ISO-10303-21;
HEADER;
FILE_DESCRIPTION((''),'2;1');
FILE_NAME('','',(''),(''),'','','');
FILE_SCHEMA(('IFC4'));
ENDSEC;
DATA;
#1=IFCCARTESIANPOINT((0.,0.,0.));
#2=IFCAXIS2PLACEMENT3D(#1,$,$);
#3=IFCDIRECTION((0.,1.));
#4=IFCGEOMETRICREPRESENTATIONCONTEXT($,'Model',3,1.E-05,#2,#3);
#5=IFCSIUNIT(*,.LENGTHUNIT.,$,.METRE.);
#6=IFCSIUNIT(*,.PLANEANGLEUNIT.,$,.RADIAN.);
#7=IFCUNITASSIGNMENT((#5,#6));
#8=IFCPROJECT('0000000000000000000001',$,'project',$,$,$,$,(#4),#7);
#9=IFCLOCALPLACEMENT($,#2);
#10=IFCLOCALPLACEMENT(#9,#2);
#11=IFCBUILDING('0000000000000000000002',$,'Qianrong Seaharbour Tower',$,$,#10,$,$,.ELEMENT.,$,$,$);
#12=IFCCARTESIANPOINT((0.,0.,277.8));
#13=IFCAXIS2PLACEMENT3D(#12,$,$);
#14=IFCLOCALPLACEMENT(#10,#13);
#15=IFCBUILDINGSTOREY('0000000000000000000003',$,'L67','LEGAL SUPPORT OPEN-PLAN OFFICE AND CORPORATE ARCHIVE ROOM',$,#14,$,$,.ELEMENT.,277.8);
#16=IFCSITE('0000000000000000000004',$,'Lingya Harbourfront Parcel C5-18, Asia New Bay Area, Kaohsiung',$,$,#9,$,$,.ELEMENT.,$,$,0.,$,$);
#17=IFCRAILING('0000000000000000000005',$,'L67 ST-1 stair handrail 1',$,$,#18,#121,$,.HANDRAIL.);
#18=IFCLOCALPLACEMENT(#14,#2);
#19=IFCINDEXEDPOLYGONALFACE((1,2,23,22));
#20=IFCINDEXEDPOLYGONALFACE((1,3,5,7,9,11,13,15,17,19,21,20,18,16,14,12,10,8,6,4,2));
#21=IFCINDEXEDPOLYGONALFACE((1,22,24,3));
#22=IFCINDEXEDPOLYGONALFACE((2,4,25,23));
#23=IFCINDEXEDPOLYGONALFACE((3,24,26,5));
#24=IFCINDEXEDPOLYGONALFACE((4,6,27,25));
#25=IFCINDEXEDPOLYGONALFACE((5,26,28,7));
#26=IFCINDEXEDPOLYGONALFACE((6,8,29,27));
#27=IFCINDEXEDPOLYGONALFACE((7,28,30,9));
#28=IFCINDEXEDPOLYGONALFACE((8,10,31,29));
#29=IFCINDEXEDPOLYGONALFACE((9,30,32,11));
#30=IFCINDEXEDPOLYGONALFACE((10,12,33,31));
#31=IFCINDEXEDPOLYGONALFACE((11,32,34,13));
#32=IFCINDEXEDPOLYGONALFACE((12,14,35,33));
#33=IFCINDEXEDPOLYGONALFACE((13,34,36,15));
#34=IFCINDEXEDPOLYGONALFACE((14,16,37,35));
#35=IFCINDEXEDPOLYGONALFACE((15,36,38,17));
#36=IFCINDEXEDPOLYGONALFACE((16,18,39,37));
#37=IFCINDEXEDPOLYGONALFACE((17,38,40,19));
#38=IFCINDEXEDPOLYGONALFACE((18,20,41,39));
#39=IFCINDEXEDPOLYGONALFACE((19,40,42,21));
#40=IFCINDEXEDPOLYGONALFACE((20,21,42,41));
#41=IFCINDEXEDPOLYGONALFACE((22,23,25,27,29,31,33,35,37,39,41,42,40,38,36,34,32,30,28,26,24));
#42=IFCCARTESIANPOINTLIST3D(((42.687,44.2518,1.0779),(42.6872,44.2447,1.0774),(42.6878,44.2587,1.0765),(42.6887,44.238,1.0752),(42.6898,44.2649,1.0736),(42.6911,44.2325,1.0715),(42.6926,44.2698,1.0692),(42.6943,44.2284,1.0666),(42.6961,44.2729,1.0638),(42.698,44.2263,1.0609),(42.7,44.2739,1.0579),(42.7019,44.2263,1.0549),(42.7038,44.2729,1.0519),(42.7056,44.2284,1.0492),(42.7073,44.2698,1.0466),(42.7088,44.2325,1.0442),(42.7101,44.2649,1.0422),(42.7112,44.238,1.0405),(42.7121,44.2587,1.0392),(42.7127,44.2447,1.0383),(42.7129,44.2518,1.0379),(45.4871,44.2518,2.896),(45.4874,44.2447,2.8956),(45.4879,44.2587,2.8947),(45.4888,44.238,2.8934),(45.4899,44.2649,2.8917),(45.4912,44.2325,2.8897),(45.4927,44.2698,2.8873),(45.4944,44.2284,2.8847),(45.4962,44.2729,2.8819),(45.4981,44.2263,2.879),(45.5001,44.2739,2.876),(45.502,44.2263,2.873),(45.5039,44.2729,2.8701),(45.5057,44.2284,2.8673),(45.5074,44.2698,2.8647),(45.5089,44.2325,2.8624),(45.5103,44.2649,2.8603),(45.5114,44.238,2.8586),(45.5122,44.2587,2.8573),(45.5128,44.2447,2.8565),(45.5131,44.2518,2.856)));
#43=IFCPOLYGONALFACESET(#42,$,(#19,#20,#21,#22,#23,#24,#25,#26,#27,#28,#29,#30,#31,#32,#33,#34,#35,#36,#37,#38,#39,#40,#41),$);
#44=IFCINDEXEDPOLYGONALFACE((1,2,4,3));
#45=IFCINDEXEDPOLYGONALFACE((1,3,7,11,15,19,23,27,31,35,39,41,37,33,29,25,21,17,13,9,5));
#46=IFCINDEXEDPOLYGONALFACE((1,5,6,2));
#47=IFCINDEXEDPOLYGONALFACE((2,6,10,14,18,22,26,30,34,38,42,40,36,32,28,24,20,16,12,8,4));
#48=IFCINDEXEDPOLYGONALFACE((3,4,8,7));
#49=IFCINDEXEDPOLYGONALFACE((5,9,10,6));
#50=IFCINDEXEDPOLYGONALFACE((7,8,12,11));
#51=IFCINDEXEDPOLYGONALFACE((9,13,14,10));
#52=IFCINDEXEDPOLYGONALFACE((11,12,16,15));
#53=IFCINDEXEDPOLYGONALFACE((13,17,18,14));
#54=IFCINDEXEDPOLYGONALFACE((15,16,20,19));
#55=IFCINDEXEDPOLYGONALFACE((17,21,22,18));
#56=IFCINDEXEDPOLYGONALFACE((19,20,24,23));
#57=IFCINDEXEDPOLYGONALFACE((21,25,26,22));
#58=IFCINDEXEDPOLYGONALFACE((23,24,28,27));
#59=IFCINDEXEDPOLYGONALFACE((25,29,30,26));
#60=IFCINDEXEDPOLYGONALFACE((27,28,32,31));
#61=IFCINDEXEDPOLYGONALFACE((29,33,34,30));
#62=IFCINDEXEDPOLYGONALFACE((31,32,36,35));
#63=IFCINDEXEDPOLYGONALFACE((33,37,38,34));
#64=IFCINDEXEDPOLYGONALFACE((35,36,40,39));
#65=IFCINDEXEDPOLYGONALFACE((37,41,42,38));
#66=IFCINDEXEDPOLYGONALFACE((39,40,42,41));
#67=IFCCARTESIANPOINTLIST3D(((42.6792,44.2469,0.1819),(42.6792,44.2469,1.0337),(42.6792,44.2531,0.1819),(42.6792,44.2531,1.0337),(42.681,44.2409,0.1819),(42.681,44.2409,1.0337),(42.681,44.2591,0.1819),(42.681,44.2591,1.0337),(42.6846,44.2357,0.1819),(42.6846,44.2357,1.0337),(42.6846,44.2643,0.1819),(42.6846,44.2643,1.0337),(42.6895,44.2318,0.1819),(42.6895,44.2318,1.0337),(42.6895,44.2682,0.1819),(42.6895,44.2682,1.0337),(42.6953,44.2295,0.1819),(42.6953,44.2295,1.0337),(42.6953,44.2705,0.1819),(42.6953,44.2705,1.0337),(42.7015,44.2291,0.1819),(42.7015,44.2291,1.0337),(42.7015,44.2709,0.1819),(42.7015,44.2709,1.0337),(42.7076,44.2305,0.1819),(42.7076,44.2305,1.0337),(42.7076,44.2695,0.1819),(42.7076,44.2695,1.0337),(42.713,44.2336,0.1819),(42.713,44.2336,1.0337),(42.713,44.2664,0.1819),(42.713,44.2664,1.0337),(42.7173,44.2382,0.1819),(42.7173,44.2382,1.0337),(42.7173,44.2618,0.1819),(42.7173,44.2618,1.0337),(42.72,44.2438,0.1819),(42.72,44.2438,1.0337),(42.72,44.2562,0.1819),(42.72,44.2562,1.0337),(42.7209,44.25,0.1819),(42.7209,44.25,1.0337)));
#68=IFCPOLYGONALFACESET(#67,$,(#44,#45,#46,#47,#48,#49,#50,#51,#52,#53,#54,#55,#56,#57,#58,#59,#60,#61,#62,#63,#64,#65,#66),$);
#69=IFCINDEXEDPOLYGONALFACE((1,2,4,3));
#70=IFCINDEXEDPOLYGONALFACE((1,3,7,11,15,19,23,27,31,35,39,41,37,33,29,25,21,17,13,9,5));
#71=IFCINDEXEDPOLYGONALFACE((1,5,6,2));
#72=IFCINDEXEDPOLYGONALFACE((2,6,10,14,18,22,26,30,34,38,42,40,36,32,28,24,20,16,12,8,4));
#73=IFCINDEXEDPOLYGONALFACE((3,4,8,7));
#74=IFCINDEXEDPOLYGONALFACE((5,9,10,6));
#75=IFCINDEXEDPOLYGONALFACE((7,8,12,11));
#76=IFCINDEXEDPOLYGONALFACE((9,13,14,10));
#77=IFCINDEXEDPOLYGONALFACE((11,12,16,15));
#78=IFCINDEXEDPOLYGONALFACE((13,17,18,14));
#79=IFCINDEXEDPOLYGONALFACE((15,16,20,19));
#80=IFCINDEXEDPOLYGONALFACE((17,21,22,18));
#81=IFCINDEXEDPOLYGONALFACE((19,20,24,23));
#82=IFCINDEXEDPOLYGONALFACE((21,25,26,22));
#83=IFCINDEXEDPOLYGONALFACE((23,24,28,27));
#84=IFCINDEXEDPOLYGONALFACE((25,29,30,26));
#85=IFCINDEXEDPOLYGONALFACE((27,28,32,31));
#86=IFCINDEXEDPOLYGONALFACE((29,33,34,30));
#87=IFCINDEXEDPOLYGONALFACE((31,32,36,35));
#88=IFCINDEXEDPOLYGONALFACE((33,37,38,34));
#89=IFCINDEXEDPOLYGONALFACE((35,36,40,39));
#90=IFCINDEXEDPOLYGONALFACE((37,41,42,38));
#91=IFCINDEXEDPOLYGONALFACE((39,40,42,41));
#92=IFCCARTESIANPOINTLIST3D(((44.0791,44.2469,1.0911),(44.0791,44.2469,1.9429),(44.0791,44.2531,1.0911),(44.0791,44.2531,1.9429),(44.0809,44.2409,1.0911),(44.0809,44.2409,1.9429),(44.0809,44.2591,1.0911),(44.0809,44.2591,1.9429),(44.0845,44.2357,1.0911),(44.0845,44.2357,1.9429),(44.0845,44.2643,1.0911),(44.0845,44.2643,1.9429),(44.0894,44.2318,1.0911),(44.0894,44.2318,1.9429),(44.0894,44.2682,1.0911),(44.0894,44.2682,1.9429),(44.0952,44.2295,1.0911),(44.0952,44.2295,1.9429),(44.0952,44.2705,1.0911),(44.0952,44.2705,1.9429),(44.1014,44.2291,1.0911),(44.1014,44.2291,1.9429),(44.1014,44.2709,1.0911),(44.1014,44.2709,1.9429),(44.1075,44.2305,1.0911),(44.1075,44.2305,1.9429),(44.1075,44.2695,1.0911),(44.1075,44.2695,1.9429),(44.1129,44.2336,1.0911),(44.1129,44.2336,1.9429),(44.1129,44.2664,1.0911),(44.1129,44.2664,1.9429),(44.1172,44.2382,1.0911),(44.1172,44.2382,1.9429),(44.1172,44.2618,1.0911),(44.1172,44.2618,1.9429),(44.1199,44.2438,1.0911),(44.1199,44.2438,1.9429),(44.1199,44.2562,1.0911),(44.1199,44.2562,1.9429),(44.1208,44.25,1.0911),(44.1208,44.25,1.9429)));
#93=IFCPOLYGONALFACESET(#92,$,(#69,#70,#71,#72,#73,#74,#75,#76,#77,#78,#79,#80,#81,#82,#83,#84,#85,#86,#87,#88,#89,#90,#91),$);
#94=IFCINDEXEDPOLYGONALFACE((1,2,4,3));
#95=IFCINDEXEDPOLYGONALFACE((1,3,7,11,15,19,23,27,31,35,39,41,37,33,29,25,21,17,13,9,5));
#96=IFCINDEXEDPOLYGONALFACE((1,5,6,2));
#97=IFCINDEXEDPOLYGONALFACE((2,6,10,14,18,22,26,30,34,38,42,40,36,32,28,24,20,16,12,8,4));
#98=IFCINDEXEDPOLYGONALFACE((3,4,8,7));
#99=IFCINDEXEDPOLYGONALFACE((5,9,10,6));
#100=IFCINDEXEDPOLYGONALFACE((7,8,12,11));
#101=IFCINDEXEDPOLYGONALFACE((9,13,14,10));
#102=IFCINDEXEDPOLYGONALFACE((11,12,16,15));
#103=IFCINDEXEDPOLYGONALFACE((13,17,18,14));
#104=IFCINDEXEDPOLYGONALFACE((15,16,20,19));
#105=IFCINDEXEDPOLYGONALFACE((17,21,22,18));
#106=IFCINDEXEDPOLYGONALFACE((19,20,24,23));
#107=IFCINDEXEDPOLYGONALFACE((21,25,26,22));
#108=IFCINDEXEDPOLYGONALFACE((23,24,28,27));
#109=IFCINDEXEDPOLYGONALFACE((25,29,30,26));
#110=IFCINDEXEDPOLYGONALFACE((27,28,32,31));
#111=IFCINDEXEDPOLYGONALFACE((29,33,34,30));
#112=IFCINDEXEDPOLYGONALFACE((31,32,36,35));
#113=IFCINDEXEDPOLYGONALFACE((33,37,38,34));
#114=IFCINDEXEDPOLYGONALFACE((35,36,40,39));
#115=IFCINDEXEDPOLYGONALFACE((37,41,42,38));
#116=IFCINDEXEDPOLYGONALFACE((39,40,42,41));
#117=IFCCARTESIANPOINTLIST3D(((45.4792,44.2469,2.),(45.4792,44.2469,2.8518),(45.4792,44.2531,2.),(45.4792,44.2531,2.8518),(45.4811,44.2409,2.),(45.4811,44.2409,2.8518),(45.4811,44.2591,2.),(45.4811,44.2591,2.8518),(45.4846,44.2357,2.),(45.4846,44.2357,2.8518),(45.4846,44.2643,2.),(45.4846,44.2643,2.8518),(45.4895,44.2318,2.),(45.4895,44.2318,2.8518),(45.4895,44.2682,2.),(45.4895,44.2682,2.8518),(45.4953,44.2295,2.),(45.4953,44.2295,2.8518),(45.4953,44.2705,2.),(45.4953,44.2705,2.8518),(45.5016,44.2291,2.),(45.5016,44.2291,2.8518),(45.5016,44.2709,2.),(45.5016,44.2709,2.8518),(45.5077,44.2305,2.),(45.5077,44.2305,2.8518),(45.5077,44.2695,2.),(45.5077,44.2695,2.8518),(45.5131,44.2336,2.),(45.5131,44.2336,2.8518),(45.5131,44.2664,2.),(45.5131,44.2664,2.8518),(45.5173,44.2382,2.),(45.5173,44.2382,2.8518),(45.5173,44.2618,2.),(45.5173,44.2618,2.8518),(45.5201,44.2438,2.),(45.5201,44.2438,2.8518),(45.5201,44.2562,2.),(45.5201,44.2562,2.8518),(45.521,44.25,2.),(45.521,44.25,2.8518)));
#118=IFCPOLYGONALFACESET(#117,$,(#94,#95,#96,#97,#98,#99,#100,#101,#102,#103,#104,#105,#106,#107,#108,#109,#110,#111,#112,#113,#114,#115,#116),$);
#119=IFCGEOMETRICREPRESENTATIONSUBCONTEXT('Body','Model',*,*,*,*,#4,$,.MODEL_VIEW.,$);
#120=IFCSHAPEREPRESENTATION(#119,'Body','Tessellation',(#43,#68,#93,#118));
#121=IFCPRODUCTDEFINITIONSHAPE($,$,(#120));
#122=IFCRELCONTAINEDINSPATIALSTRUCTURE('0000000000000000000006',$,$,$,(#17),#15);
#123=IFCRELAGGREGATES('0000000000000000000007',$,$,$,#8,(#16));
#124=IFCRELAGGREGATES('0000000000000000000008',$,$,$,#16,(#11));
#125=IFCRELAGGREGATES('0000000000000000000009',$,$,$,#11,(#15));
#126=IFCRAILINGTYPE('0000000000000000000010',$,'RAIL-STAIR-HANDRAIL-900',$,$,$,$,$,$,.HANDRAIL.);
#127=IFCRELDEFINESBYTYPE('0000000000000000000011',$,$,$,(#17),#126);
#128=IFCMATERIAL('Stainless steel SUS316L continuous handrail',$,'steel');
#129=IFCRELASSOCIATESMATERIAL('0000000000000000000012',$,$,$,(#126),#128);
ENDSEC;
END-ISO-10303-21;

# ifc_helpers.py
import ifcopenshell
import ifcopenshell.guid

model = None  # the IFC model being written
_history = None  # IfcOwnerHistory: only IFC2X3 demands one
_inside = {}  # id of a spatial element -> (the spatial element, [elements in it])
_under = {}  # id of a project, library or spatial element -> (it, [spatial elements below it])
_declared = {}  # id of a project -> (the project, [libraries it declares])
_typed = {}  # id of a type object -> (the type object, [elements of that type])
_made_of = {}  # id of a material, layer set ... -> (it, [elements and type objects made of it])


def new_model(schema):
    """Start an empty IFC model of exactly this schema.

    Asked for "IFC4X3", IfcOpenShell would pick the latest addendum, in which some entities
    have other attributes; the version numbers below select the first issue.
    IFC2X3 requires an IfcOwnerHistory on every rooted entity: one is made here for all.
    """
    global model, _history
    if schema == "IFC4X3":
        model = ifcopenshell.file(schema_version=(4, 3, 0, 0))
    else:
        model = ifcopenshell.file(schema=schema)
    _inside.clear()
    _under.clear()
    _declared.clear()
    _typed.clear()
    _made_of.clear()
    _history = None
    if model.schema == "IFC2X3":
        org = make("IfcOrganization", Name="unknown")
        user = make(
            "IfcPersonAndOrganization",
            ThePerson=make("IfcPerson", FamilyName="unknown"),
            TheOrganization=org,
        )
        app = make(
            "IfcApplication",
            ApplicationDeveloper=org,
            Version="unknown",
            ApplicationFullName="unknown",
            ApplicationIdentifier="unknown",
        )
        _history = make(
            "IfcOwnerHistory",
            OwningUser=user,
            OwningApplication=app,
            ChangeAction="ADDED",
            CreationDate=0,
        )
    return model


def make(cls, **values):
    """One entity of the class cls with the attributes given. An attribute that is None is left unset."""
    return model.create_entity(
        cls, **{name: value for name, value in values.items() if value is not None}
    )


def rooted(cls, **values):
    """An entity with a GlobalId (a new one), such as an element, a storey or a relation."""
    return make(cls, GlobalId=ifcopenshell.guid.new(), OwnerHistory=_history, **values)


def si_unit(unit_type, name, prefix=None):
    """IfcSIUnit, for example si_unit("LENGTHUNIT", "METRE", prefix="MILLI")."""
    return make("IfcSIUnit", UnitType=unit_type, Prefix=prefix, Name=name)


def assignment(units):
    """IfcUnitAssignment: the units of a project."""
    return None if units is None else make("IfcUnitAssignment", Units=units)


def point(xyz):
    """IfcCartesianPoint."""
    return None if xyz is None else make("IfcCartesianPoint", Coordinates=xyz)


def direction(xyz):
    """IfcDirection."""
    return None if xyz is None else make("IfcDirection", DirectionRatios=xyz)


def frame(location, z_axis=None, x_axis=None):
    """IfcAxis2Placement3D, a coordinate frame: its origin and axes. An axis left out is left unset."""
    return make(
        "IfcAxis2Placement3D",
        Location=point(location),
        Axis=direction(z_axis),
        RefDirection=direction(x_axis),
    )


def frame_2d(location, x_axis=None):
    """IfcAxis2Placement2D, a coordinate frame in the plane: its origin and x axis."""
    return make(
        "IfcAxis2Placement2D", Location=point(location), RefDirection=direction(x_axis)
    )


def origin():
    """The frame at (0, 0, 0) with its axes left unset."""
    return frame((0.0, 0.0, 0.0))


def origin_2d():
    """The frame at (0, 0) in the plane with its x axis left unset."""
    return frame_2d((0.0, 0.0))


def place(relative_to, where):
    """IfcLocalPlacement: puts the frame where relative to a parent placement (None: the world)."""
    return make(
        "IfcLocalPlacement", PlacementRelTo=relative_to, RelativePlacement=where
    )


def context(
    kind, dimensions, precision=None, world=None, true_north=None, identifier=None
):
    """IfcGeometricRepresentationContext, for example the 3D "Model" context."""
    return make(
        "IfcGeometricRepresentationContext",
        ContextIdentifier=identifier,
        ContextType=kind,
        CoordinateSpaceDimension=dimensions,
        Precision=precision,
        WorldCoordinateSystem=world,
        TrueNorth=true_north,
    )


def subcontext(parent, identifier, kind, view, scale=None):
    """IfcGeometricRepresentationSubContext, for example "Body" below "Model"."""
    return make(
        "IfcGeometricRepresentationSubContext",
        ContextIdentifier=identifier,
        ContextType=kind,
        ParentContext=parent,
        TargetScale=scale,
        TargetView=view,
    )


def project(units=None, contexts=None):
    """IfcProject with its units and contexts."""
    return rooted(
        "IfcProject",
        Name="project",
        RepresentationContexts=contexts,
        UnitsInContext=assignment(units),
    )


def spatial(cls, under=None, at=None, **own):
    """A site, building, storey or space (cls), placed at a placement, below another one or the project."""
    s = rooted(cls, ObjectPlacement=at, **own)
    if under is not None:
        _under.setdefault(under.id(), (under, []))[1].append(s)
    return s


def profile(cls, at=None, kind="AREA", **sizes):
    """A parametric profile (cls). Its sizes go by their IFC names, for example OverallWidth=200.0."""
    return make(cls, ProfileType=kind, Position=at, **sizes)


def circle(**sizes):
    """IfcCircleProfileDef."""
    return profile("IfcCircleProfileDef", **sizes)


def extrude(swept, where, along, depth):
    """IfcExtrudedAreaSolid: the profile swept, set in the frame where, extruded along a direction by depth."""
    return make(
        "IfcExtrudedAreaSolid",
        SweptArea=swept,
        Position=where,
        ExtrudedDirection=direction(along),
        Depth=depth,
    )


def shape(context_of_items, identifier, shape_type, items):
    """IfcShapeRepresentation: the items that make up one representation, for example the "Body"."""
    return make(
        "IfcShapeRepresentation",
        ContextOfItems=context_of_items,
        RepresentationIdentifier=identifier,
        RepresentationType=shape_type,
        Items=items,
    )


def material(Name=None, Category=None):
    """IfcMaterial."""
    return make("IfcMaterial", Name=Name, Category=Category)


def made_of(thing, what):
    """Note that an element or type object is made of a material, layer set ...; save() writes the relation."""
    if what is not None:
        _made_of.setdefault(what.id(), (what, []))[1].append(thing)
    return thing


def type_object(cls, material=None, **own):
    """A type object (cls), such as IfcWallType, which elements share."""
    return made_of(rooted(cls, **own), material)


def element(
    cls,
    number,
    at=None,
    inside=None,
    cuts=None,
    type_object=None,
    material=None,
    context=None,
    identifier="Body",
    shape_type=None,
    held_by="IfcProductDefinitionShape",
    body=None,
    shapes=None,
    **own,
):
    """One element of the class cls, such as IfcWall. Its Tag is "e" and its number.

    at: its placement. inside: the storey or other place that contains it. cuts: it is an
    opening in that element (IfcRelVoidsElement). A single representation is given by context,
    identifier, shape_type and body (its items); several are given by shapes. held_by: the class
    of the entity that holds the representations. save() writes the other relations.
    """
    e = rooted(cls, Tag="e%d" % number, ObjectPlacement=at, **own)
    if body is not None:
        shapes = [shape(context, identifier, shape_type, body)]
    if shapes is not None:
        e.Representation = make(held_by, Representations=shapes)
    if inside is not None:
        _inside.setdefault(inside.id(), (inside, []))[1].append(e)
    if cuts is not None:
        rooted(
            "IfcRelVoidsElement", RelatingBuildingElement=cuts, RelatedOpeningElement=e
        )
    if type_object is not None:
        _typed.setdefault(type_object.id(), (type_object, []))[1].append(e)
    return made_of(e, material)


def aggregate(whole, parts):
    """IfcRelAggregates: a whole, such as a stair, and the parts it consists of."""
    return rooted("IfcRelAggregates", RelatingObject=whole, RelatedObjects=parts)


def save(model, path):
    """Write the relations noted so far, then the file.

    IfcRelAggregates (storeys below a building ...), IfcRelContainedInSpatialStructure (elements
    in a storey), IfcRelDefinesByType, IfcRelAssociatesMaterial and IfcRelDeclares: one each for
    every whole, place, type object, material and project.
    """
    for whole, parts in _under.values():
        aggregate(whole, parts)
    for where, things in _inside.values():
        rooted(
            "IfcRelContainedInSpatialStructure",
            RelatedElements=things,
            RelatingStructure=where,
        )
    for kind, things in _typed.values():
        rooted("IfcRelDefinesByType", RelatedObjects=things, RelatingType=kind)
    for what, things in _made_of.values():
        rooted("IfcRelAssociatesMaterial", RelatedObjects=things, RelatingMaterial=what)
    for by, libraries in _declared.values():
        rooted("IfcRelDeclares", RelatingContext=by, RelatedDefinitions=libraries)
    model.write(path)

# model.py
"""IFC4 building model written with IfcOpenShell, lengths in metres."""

from ifc_helpers import new_model, si_unit, direction, frame, origin, origin_2d, place, context, subcontext, project, spatial, circle, extrude, material, type_object, element, save


model = new_model("IFC4")

# Units and contexts
model_context = context("Model", 3, precision=1e-05, world=origin(), true_north=direction((0.0, 1.0)))
body_context = subcontext(model_context, "Body", "Model", "MODEL_VIEW")
ifc_project = project(units=[si_unit("LENGTHUNIT", "METRE"), si_unit("PLANEANGLEUNIT", "RADIAN")], contexts=[model_context])

# Site, building, storey
site_placement = place(None, origin())
site = spatial("IfcSite", under=ifc_project, at=site_placement, Name="Lingya Harbourfront Parcel C5-18, Asia New Bay Area, Kaohsiung", CompositionType="ELEMENT", RefElevation=0.0)
building_placement = place(site_placement, origin())
building = spatial("IfcBuilding", under=site, at=building_placement, Name="Qianrong Seaharbour Tower", CompositionType="ELEMENT")
storey_placement = place(building_placement, frame((0.0, 0.0, 277.8)))
storey = spatial("IfcBuildingStorey", under=building, at=storey_placement, Name="L67", Description="LEGAL SUPPORT OPEN-PLAN OFFICE AND CORPORATE ARCHIVE ROOM", CompositionType="ELEMENT", Elevation=277.8)

# Railing
ifc_material_1 = material(Name="Stainless steel SUS316L continuous handrail", Category="steel")
railing_type_1 = type_object("IfcRailingType", Name="RAIL-STAIR-HANDRAIL-900", PredefinedType="HANDRAIL", material=ifc_material_1)
railing_1_placement = place(storey_placement, frame((42.7, 44.25, 0.1819)))
element("IfcRailing", 1, at=railing_1_placement, inside=storey, type_object=railing_type_1, Name="L67 ST-1 stair handrail 1", PredefinedType="HANDRAIL", context=body_context, shape_type="SweptSolid", body=[
    extrude(circle(Radius=0.0239, at=origin_2d()), frame((0.0, 0.0, 0.876), z_axis=(0.838706, 0.0, 0.544585), x_axis=(0.0, 1.0, 0.0)), (0.0, 0.0, 1.0), 3.3386),
    extrude(circle(Radius=0.021, at=origin_2d()), origin(), (0.0, 0.0, 1.0), 0.8518),
    extrude(circle(Radius=0.021, at=origin_2d()), frame((1.3999, 0.0, 0.9092)), (0.0, 0.0, 1.0), 0.8518),
    extrude(circle(Radius=0.021, at=origin_2d()), frame((2.8, 0.0, 1.8181)), (0.0, 0.0, 1.0), 0.8518),
])

save(model, "model.ifc")
